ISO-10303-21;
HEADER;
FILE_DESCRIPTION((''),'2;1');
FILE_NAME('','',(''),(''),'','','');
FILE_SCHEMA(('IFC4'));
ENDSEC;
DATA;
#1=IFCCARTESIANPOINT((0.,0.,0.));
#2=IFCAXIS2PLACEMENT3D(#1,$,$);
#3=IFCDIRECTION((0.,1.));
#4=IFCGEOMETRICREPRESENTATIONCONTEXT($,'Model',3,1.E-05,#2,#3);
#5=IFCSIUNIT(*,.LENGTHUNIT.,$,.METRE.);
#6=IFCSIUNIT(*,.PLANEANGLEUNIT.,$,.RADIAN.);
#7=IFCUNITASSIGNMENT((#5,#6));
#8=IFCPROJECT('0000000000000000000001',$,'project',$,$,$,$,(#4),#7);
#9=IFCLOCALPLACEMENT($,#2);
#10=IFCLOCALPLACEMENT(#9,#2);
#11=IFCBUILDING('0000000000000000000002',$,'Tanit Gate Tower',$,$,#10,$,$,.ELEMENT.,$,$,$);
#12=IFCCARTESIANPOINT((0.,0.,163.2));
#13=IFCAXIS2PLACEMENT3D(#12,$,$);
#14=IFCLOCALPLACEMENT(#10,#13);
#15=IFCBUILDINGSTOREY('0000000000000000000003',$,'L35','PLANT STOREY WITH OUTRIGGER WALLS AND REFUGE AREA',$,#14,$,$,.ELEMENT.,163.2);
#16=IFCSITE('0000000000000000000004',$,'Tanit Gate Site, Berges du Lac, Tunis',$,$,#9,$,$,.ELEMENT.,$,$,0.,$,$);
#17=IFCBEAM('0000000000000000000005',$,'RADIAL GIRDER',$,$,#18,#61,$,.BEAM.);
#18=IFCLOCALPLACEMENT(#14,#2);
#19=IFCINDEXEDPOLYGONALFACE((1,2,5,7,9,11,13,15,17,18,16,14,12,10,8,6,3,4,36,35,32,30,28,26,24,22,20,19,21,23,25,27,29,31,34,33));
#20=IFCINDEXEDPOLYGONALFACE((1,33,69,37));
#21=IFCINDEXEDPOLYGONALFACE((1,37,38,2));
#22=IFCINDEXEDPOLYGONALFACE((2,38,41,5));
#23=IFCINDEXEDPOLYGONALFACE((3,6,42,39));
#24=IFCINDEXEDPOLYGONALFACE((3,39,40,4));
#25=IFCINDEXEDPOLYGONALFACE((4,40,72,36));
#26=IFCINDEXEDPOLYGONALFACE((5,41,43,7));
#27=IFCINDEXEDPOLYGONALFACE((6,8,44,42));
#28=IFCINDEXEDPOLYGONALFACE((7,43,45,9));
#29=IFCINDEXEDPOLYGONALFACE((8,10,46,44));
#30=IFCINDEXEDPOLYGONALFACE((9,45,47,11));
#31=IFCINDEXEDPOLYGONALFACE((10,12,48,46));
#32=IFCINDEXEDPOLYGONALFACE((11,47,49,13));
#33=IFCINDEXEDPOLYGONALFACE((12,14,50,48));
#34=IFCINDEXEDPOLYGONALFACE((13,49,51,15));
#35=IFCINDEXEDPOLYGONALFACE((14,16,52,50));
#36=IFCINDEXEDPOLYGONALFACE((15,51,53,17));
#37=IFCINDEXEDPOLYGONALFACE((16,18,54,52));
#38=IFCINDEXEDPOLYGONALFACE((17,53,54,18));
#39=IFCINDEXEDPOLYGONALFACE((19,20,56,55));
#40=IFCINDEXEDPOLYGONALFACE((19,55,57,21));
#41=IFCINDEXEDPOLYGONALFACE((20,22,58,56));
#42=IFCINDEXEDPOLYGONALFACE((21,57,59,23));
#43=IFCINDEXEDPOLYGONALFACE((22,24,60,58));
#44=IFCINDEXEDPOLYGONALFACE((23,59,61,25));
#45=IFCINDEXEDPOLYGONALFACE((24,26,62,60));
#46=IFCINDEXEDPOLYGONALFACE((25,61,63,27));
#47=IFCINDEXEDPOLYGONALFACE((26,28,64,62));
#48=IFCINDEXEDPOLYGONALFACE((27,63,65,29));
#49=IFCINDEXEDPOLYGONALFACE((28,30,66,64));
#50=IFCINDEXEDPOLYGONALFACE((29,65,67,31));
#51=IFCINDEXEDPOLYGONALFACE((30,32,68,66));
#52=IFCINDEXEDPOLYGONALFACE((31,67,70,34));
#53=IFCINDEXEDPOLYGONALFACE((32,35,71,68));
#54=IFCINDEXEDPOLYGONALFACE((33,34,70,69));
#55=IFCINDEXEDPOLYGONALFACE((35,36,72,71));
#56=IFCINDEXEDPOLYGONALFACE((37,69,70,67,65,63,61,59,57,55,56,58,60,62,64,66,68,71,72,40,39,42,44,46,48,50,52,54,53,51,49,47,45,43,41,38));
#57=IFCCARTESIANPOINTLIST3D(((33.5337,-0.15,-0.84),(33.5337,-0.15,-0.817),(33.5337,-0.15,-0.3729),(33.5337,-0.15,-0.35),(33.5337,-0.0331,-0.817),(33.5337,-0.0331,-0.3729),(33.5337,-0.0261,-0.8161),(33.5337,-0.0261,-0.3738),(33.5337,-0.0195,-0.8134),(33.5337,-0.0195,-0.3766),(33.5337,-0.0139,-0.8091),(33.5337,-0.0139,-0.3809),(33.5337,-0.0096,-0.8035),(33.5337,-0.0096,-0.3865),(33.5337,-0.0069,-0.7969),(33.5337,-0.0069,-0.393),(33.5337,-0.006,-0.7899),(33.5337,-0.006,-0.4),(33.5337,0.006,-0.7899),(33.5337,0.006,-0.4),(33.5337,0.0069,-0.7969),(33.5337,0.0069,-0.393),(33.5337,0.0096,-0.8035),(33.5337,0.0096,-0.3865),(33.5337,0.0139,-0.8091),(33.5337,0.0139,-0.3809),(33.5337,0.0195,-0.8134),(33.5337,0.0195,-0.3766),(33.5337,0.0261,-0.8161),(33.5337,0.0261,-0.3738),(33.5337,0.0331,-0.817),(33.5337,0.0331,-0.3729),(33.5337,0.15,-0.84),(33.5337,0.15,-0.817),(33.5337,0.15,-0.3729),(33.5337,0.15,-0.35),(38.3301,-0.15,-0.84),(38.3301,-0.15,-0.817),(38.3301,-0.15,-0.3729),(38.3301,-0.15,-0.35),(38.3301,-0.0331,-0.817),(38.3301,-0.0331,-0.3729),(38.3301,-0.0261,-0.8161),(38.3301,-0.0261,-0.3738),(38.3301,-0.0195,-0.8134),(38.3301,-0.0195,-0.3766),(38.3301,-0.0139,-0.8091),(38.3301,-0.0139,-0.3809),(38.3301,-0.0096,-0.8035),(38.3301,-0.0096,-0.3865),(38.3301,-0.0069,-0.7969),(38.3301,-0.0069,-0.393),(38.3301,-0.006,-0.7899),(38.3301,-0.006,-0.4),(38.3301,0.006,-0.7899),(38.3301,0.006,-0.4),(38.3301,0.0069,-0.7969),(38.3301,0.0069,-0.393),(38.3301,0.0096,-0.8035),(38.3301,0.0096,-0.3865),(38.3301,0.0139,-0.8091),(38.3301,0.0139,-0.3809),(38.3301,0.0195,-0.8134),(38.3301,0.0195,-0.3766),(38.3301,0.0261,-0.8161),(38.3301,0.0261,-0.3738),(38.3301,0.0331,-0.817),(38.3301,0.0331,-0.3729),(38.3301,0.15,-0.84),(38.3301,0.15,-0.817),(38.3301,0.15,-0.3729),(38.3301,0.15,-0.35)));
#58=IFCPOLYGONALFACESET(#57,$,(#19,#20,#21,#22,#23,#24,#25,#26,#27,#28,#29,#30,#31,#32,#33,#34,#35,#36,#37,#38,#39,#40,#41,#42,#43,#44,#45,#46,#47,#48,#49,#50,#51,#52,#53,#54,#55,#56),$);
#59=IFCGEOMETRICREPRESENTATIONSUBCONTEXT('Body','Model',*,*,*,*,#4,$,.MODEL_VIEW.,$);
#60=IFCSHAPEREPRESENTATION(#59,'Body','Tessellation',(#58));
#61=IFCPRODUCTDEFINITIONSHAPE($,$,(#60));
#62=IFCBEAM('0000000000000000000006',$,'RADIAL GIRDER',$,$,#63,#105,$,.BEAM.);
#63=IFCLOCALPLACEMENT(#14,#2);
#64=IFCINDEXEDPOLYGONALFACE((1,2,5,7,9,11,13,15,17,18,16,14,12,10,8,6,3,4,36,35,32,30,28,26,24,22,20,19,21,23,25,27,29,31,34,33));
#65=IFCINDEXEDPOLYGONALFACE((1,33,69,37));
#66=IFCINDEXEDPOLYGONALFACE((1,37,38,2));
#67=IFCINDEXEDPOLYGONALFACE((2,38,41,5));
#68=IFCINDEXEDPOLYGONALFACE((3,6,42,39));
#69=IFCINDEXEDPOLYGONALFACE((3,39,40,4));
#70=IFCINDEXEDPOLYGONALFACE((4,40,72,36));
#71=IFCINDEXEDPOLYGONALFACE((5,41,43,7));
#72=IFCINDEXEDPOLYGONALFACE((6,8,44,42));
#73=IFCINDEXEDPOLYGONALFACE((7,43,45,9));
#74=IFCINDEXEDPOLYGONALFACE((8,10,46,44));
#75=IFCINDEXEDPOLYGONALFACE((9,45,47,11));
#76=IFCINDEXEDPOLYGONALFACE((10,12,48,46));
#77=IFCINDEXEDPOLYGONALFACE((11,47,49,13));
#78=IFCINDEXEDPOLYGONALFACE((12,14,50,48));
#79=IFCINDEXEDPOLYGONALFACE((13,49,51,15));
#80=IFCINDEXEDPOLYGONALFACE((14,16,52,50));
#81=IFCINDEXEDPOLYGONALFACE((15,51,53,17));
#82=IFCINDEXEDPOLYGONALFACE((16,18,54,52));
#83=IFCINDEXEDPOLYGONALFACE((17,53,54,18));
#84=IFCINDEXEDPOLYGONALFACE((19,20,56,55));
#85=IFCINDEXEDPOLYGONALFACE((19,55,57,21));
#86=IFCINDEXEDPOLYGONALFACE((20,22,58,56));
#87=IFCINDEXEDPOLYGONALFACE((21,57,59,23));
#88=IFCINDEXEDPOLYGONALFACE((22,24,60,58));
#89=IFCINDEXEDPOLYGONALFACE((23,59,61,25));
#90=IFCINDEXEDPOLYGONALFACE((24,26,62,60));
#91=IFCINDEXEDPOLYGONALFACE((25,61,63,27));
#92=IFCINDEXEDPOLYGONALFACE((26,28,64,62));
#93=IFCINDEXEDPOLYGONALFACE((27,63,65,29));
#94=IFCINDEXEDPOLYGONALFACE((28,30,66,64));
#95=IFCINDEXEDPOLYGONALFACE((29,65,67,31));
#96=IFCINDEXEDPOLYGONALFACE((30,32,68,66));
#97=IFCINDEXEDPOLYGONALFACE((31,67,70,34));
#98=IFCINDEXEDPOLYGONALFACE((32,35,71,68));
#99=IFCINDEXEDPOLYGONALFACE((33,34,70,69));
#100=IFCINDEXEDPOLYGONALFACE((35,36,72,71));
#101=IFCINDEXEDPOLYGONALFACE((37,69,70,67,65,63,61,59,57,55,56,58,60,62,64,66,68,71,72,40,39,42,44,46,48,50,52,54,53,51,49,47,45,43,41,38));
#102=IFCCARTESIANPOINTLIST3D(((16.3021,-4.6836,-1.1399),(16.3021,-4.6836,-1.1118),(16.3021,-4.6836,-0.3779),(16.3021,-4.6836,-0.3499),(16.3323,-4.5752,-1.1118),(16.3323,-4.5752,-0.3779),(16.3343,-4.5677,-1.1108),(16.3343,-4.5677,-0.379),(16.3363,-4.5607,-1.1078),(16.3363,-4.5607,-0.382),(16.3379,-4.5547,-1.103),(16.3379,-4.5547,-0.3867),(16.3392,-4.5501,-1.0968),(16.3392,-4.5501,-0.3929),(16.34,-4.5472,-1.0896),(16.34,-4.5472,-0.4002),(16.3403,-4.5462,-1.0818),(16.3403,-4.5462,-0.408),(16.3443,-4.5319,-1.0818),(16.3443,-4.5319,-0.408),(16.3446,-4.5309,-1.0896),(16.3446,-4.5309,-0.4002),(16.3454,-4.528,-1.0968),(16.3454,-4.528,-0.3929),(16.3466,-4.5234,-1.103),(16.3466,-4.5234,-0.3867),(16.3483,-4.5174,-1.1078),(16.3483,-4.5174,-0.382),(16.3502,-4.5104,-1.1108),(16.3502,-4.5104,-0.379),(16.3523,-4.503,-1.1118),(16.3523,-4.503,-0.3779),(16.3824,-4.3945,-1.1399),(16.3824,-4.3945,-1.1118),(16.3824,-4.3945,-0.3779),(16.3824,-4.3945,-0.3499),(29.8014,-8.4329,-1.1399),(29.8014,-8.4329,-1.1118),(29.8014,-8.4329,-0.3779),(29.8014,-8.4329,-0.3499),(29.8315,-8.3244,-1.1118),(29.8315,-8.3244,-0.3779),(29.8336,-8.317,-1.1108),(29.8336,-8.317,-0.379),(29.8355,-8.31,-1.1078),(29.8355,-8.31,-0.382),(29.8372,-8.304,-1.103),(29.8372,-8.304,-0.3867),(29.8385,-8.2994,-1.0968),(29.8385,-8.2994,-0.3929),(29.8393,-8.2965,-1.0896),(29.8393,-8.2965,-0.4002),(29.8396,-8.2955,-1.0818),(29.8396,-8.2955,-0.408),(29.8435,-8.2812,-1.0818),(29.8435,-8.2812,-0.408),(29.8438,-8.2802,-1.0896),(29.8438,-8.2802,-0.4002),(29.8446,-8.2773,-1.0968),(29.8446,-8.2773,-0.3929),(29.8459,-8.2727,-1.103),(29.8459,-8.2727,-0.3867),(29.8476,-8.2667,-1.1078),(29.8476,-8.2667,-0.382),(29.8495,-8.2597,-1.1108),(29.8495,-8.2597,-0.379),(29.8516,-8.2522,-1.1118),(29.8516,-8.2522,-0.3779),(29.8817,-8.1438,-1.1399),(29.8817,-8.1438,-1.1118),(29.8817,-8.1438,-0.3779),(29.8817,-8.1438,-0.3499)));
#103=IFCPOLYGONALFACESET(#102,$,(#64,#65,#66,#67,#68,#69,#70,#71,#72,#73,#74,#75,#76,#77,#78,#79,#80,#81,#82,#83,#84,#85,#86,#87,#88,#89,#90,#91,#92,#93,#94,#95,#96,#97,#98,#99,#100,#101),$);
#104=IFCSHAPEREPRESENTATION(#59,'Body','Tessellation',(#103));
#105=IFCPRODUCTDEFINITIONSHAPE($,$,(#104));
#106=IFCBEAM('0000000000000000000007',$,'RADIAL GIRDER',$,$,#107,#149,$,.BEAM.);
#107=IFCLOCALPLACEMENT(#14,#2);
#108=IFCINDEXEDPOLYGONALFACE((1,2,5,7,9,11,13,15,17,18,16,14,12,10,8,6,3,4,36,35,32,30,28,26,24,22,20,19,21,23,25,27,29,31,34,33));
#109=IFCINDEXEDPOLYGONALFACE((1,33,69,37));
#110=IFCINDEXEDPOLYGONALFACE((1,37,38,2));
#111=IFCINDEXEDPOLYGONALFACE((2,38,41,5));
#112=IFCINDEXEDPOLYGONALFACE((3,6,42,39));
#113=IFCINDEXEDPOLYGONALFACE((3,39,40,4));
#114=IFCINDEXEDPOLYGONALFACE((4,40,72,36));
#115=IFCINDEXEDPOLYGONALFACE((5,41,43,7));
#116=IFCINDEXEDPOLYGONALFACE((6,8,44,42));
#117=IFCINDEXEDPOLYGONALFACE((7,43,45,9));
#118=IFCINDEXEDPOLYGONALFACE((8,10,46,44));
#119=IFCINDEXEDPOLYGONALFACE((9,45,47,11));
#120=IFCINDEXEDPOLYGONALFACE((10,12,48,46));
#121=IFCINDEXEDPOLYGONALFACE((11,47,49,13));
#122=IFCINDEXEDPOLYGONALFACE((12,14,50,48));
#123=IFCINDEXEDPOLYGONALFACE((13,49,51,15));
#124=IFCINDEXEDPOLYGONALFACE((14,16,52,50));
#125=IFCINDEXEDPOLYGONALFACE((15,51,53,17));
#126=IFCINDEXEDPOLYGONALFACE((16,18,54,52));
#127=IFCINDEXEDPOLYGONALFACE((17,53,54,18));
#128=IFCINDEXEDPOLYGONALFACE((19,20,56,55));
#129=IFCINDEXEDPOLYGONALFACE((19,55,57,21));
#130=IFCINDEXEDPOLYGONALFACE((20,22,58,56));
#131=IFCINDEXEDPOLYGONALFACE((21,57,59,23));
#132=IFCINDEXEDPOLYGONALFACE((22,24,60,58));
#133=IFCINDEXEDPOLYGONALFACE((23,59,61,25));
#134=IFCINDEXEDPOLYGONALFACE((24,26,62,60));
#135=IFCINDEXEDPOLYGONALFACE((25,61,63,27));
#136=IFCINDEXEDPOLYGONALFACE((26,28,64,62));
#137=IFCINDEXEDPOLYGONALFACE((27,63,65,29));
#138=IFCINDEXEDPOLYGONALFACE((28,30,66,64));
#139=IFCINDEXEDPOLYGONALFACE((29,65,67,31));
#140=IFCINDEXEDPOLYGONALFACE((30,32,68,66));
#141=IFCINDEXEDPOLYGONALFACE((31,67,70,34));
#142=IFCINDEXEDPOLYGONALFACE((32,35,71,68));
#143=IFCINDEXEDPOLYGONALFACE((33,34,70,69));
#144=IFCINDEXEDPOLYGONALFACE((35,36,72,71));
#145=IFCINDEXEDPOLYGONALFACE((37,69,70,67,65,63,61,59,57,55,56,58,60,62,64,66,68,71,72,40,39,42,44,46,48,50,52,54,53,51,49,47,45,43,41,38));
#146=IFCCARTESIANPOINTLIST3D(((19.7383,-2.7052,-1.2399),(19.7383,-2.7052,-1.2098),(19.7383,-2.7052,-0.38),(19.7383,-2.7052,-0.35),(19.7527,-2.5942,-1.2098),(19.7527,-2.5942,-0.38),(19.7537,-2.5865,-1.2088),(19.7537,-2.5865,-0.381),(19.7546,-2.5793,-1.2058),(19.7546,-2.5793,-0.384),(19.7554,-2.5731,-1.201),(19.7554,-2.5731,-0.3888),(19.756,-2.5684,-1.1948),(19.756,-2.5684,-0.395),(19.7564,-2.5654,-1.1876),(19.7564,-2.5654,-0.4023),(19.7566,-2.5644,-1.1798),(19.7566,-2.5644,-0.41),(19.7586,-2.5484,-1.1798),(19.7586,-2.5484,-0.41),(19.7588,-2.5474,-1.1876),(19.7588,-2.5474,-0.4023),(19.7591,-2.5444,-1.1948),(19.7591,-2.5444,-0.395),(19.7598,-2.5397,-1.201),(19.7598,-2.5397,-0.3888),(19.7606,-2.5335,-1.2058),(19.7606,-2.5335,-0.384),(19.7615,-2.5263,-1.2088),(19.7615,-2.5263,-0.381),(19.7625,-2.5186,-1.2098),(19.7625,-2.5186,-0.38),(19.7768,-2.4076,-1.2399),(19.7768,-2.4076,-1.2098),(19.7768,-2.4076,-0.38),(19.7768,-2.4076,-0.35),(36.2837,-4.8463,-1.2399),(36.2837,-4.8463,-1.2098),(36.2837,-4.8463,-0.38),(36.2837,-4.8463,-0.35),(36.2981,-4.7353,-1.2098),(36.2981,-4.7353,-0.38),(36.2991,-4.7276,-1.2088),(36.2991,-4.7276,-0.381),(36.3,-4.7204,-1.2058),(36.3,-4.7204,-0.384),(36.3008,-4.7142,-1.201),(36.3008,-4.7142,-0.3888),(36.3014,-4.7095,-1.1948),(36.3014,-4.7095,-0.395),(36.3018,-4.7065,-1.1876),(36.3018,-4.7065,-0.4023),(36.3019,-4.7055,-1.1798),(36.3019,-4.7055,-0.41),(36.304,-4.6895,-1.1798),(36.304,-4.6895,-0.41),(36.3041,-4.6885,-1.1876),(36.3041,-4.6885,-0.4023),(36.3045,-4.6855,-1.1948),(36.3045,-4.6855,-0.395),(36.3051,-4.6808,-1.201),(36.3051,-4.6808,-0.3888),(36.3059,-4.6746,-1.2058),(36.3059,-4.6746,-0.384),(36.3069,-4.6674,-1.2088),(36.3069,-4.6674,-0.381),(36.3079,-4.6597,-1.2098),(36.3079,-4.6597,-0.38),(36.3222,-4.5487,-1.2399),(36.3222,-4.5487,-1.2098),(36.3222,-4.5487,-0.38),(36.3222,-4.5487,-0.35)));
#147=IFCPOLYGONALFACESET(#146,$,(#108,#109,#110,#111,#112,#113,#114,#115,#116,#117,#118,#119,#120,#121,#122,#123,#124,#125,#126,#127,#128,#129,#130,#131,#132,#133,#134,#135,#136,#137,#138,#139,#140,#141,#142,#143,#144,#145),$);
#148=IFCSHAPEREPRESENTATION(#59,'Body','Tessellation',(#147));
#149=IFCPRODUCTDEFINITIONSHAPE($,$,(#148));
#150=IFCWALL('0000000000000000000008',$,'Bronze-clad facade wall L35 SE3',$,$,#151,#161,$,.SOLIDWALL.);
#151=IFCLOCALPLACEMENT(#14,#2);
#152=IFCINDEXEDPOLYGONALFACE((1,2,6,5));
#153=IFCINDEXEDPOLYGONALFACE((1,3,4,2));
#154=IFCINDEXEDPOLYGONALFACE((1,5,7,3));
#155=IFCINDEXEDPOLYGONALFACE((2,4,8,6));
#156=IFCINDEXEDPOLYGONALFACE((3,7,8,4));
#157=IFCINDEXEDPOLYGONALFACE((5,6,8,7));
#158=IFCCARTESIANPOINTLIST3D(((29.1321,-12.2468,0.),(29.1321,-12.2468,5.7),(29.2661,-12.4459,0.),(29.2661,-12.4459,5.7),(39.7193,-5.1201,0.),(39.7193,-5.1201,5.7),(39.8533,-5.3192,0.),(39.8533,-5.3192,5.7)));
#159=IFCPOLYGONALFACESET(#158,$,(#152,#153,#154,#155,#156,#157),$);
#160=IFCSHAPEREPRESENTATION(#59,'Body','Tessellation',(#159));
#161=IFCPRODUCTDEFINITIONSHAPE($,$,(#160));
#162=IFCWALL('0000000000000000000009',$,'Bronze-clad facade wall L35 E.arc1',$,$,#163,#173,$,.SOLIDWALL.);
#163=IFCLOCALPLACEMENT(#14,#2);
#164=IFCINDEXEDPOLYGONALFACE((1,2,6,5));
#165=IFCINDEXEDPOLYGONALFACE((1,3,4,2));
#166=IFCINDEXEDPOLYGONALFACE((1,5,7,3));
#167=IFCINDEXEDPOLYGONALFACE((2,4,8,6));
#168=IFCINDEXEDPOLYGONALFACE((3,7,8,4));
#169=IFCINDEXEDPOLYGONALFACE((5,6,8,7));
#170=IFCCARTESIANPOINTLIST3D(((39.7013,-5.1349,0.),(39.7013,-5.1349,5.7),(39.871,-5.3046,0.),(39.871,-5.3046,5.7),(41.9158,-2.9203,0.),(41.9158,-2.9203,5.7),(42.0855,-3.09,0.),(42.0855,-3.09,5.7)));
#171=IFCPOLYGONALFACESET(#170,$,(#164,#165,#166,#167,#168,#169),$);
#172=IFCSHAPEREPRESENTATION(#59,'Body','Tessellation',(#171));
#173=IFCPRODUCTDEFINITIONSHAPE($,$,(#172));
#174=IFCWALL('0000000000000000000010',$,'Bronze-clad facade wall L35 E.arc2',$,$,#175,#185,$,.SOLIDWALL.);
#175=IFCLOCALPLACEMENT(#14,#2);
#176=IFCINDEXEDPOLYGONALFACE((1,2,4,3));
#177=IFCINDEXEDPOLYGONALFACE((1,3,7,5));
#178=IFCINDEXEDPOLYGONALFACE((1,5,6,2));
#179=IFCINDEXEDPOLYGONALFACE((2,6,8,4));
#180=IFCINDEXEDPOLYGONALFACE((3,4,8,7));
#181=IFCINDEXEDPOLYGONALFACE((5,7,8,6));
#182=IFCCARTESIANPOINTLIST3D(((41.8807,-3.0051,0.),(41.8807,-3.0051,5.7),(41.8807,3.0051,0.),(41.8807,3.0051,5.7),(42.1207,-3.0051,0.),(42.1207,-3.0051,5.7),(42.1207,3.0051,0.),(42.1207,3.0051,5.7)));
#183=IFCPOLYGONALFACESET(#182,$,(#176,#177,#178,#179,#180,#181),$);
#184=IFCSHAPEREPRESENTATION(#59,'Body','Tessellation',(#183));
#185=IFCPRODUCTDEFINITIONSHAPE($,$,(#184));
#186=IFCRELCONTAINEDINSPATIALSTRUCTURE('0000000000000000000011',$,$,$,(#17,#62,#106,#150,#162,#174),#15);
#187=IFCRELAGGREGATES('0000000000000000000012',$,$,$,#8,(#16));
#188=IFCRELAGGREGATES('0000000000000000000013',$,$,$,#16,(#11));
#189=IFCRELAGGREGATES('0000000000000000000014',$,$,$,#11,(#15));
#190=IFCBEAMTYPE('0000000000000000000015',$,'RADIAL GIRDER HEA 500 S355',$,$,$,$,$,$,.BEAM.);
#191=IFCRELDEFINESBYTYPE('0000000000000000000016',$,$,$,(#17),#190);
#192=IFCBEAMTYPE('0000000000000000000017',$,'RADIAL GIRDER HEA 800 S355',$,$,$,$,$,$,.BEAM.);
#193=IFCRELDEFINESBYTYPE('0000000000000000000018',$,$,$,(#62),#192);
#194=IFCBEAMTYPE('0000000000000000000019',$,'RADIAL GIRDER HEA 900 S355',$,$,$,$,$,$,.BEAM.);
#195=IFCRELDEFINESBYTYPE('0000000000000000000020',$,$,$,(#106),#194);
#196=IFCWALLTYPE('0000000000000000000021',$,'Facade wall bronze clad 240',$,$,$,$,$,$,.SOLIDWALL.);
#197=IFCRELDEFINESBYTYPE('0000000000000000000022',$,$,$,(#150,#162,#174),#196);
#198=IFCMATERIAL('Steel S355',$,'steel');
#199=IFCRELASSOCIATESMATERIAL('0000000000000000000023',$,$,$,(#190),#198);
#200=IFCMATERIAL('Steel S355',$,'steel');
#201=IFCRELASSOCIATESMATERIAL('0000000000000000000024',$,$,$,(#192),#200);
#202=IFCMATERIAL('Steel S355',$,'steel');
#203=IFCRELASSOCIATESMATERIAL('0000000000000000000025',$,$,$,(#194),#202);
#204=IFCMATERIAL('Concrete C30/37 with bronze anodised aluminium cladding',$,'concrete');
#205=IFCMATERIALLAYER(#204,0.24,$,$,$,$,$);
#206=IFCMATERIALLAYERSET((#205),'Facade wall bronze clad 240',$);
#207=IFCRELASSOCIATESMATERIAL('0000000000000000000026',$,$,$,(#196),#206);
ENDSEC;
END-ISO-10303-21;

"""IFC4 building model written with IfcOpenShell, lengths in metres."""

from ifc_helpers import new_model, si_unit, direction, frame, frame_2d, origin, origin_2d, place, context, subcontext, project, spatial, rectangle, i_section, extrude, material, layer, layer_set, material_profile, profile_set, type_object, element, save


model = new_model("IFC4")

# Units and contexts
model_context = context("Model", 3, precision=1e-05, world=origin(), true_north=direction((0.0, 1.0)))
body_context = subcontext(model_context, "Body", "Model", "MODEL_VIEW")
ifc_project = project(units=[si_unit("LENGTHUNIT", "METRE"), si_unit("PLANEANGLEUNIT", "RADIAN")], contexts=[model_context])

# Site, building, storey
site_placement = place(None, origin())
site = spatial("IfcSite", under=ifc_project, at=site_placement, Name="Tanit Gate Site, Berges du Lac, Tunis", CompositionType="ELEMENT", RefElevation=0.0)
building_placement = place(site_placement, origin())
building = spatial("IfcBuilding", under=site, at=building_placement, Name="Tanit Gate Tower", CompositionType="ELEMENT")
storey_placement = place(building_placement, frame((0.0, 0.0, 163.2)))
storey = spatial("IfcBuildingStorey", under=building, at=storey_placement, Name="L35", Description="PLANT STOREY WITH OUTRIGGER WALLS AND REFUGE AREA", CompositionType="ELEMENT", Elevation=163.2)

# Beams
ifc_material_1 = material(Name="Steel S355", Category="steel")
ifc_material_profile_1 = material_profile(ifc_material_1, i_section(OverallWidth=0.3, OverallDepth=0.49, WebThickness=0.012, FlangeThickness=0.0229, FilletRadius=0.0271, at=origin_2d()), Name="HEA 500")
ifc_profile_set_1 = profile_set([ifc_material_profile_1], Name="Steel S355")
beam_type_1 = type_object("IfcBeamType", Name="RADIAL GIRDER HEA 500 S355", PredefinedType="BEAM", material=ifc_profile_set_1)
beam_1_placement = place(storey_placement, frame((38.3301, 0.0, -0.595), z_axis=(-1.0, 0.0, 0.0), x_axis=(0.0, -1.0, 0.0)))
element("IfcBeam", 1, at=beam_1_placement, inside=storey, type_object=beam_type_1, Name="RADIAL GIRDER", PredefinedType="BEAM", context=body_context, shape_type="SweptSolid", body=[
    extrude(i_section(OverallWidth=0.3, OverallDepth=0.49, WebThickness=0.012, FlangeThickness=0.0229, FilletRadius=0.0271, at=origin_2d()), origin(), (0.0, 0.0, 1.0), 4.7964),
])
ifc_material_2 = material(Name="Steel S355", Category="steel")
ifc_material_profile_2 = material_profile(ifc_material_2, i_section(OverallWidth=0.3, OverallDepth=0.79, WebThickness=0.0149, FlangeThickness=0.0281, FilletRadius=0.03, at=origin_2d()), Name="HEA 800")
ifc_profile_set_2 = profile_set([ifc_material_profile_2], Name="Steel S355")
beam_type_2 = type_object("IfcBeamType", Name="RADIAL GIRDER HEA 800 S355", PredefinedType="BEAM", material=ifc_profile_set_2)
beam_2_placement = place(storey_placement, frame((29.8416, -8.2883, -0.7449), z_axis=(-0.963528, 0.267609, 0.0), x_axis=(-0.267609, -0.963528, 0.0)))
element("IfcBeam", 2, at=beam_2_placement, inside=storey, type_object=beam_type_2, Name="RADIAL GIRDER", PredefinedType="BEAM", context=body_context, shape_type="SweptSolid", body=[
    extrude(i_section(OverallWidth=0.3, OverallDepth=0.79, WebThickness=0.0149, FlangeThickness=0.0281, FilletRadius=0.03, at=origin_2d()), origin(), (0.0, 0.0, 1.0), 14.0103),
])
ifc_material_3 = material(Name="Steel S355", Category="steel")
ifc_material_profile_3 = material_profile(ifc_material_3, i_section(OverallWidth=0.3, OverallDepth=0.8899, WebThickness=0.0161, FlangeThickness=0.03, FilletRadius=0.03, at=origin_2d()), Name="HEA 900")
ifc_profile_set_3 = profile_set([ifc_material_profile_3], Name="Steel S355")
beam_type_3 = type_object("IfcBeamType", Name="RADIAL GIRDER HEA 900 S355", PredefinedType="BEAM", material=ifc_profile_set_3)
beam_3_placement = place(storey_placement, frame((36.303, -4.6975, -0.7949), z_axis=(-0.99173, 0.128338, 0.0), x_axis=(-0.128338, -0.99173, 0.0)))
element("IfcBeam", 3, at=beam_3_placement, inside=storey, type_object=beam_type_3, Name="RADIAL GIRDER", PredefinedType="BEAM", context=body_context, shape_type="SweptSolid", body=[
    extrude(i_section(OverallWidth=0.3, OverallDepth=0.8899, WebThickness=0.0161, FlangeThickness=0.03, FilletRadius=0.03, at=origin_2d()), origin(), (0.0, 0.0, 1.0), 16.6833),
])

# Walls
ifc_material_4 = material(Name="Concrete C30/37 with bronze anodised aluminium cladding", Category="concrete")
ifc_layer_1 = layer(ifc_material_4, 0.24)
ifc_layer_set_1 = layer_set([ifc_layer_1], Name="Facade wall bronze clad 240")
wall_type_1 = type_object("IfcWallType", Name="Facade wall bronze clad 240", PredefinedType="SOLIDWALL", material=ifc_layer_set_1)
wall_1_placement = place(storey_placement, frame((29.199, -12.3464, 0.0), z_axis=(0.0, 0.0, 1.0), x_axis=(0.829561, 0.558416, 0.0)))
element("IfcWall", 4, at=wall_1_placement, inside=storey, type_object=wall_type_1, Name="Bronze-clad facade wall L35 SE3", PredefinedType="SOLIDWALL", context=body_context, shape_type="SweptSolid", body=[
    extrude(rectangle(XDim=12.7625, YDim=0.24, at=frame_2d((6.3813, 0.0))), origin(), (0.0, 0.0, 1.0), 5.7),
])
wall_2_placement = place(storey_placement, frame((39.7861, -5.2197, 0.0), z_axis=(0.0, 0.0, 1.0), x_axis=(0.707107, 0.707107, 0.0)))
element("IfcWall", 5, at=wall_2_placement, inside=storey, type_object=wall_type_1, Name="Bronze-clad facade wall L35 E.arc1", PredefinedType="SOLIDWALL", context=body_context, shape_type="SweptSolid", body=[
    extrude(rectangle(XDim=3.1318, YDim=0.24, at=frame_2d((1.5659, 0.0))), origin(), (0.0, 0.0, 1.0), 5.7),
])
wall_3_placement = place(storey_placement, frame((42.0007, -3.0051, 0.0), z_axis=(0.0, 0.0, 1.0), x_axis=(0.0, 1.0, 0.0)))
element("IfcWall", 6, at=wall_3_placement, inside=storey, type_object=wall_type_1, Name="Bronze-clad facade wall L35 E.arc2", PredefinedType="SOLIDWALL", context=body_context, shape_type="SweptSolid", body=[
    extrude(rectangle(XDim=6.0103, YDim=0.24, at=frame_2d((3.0051, 0.0))), origin(), (0.0, 0.0, 1.0), 5.7),
])

save(model, "model.ifc")
